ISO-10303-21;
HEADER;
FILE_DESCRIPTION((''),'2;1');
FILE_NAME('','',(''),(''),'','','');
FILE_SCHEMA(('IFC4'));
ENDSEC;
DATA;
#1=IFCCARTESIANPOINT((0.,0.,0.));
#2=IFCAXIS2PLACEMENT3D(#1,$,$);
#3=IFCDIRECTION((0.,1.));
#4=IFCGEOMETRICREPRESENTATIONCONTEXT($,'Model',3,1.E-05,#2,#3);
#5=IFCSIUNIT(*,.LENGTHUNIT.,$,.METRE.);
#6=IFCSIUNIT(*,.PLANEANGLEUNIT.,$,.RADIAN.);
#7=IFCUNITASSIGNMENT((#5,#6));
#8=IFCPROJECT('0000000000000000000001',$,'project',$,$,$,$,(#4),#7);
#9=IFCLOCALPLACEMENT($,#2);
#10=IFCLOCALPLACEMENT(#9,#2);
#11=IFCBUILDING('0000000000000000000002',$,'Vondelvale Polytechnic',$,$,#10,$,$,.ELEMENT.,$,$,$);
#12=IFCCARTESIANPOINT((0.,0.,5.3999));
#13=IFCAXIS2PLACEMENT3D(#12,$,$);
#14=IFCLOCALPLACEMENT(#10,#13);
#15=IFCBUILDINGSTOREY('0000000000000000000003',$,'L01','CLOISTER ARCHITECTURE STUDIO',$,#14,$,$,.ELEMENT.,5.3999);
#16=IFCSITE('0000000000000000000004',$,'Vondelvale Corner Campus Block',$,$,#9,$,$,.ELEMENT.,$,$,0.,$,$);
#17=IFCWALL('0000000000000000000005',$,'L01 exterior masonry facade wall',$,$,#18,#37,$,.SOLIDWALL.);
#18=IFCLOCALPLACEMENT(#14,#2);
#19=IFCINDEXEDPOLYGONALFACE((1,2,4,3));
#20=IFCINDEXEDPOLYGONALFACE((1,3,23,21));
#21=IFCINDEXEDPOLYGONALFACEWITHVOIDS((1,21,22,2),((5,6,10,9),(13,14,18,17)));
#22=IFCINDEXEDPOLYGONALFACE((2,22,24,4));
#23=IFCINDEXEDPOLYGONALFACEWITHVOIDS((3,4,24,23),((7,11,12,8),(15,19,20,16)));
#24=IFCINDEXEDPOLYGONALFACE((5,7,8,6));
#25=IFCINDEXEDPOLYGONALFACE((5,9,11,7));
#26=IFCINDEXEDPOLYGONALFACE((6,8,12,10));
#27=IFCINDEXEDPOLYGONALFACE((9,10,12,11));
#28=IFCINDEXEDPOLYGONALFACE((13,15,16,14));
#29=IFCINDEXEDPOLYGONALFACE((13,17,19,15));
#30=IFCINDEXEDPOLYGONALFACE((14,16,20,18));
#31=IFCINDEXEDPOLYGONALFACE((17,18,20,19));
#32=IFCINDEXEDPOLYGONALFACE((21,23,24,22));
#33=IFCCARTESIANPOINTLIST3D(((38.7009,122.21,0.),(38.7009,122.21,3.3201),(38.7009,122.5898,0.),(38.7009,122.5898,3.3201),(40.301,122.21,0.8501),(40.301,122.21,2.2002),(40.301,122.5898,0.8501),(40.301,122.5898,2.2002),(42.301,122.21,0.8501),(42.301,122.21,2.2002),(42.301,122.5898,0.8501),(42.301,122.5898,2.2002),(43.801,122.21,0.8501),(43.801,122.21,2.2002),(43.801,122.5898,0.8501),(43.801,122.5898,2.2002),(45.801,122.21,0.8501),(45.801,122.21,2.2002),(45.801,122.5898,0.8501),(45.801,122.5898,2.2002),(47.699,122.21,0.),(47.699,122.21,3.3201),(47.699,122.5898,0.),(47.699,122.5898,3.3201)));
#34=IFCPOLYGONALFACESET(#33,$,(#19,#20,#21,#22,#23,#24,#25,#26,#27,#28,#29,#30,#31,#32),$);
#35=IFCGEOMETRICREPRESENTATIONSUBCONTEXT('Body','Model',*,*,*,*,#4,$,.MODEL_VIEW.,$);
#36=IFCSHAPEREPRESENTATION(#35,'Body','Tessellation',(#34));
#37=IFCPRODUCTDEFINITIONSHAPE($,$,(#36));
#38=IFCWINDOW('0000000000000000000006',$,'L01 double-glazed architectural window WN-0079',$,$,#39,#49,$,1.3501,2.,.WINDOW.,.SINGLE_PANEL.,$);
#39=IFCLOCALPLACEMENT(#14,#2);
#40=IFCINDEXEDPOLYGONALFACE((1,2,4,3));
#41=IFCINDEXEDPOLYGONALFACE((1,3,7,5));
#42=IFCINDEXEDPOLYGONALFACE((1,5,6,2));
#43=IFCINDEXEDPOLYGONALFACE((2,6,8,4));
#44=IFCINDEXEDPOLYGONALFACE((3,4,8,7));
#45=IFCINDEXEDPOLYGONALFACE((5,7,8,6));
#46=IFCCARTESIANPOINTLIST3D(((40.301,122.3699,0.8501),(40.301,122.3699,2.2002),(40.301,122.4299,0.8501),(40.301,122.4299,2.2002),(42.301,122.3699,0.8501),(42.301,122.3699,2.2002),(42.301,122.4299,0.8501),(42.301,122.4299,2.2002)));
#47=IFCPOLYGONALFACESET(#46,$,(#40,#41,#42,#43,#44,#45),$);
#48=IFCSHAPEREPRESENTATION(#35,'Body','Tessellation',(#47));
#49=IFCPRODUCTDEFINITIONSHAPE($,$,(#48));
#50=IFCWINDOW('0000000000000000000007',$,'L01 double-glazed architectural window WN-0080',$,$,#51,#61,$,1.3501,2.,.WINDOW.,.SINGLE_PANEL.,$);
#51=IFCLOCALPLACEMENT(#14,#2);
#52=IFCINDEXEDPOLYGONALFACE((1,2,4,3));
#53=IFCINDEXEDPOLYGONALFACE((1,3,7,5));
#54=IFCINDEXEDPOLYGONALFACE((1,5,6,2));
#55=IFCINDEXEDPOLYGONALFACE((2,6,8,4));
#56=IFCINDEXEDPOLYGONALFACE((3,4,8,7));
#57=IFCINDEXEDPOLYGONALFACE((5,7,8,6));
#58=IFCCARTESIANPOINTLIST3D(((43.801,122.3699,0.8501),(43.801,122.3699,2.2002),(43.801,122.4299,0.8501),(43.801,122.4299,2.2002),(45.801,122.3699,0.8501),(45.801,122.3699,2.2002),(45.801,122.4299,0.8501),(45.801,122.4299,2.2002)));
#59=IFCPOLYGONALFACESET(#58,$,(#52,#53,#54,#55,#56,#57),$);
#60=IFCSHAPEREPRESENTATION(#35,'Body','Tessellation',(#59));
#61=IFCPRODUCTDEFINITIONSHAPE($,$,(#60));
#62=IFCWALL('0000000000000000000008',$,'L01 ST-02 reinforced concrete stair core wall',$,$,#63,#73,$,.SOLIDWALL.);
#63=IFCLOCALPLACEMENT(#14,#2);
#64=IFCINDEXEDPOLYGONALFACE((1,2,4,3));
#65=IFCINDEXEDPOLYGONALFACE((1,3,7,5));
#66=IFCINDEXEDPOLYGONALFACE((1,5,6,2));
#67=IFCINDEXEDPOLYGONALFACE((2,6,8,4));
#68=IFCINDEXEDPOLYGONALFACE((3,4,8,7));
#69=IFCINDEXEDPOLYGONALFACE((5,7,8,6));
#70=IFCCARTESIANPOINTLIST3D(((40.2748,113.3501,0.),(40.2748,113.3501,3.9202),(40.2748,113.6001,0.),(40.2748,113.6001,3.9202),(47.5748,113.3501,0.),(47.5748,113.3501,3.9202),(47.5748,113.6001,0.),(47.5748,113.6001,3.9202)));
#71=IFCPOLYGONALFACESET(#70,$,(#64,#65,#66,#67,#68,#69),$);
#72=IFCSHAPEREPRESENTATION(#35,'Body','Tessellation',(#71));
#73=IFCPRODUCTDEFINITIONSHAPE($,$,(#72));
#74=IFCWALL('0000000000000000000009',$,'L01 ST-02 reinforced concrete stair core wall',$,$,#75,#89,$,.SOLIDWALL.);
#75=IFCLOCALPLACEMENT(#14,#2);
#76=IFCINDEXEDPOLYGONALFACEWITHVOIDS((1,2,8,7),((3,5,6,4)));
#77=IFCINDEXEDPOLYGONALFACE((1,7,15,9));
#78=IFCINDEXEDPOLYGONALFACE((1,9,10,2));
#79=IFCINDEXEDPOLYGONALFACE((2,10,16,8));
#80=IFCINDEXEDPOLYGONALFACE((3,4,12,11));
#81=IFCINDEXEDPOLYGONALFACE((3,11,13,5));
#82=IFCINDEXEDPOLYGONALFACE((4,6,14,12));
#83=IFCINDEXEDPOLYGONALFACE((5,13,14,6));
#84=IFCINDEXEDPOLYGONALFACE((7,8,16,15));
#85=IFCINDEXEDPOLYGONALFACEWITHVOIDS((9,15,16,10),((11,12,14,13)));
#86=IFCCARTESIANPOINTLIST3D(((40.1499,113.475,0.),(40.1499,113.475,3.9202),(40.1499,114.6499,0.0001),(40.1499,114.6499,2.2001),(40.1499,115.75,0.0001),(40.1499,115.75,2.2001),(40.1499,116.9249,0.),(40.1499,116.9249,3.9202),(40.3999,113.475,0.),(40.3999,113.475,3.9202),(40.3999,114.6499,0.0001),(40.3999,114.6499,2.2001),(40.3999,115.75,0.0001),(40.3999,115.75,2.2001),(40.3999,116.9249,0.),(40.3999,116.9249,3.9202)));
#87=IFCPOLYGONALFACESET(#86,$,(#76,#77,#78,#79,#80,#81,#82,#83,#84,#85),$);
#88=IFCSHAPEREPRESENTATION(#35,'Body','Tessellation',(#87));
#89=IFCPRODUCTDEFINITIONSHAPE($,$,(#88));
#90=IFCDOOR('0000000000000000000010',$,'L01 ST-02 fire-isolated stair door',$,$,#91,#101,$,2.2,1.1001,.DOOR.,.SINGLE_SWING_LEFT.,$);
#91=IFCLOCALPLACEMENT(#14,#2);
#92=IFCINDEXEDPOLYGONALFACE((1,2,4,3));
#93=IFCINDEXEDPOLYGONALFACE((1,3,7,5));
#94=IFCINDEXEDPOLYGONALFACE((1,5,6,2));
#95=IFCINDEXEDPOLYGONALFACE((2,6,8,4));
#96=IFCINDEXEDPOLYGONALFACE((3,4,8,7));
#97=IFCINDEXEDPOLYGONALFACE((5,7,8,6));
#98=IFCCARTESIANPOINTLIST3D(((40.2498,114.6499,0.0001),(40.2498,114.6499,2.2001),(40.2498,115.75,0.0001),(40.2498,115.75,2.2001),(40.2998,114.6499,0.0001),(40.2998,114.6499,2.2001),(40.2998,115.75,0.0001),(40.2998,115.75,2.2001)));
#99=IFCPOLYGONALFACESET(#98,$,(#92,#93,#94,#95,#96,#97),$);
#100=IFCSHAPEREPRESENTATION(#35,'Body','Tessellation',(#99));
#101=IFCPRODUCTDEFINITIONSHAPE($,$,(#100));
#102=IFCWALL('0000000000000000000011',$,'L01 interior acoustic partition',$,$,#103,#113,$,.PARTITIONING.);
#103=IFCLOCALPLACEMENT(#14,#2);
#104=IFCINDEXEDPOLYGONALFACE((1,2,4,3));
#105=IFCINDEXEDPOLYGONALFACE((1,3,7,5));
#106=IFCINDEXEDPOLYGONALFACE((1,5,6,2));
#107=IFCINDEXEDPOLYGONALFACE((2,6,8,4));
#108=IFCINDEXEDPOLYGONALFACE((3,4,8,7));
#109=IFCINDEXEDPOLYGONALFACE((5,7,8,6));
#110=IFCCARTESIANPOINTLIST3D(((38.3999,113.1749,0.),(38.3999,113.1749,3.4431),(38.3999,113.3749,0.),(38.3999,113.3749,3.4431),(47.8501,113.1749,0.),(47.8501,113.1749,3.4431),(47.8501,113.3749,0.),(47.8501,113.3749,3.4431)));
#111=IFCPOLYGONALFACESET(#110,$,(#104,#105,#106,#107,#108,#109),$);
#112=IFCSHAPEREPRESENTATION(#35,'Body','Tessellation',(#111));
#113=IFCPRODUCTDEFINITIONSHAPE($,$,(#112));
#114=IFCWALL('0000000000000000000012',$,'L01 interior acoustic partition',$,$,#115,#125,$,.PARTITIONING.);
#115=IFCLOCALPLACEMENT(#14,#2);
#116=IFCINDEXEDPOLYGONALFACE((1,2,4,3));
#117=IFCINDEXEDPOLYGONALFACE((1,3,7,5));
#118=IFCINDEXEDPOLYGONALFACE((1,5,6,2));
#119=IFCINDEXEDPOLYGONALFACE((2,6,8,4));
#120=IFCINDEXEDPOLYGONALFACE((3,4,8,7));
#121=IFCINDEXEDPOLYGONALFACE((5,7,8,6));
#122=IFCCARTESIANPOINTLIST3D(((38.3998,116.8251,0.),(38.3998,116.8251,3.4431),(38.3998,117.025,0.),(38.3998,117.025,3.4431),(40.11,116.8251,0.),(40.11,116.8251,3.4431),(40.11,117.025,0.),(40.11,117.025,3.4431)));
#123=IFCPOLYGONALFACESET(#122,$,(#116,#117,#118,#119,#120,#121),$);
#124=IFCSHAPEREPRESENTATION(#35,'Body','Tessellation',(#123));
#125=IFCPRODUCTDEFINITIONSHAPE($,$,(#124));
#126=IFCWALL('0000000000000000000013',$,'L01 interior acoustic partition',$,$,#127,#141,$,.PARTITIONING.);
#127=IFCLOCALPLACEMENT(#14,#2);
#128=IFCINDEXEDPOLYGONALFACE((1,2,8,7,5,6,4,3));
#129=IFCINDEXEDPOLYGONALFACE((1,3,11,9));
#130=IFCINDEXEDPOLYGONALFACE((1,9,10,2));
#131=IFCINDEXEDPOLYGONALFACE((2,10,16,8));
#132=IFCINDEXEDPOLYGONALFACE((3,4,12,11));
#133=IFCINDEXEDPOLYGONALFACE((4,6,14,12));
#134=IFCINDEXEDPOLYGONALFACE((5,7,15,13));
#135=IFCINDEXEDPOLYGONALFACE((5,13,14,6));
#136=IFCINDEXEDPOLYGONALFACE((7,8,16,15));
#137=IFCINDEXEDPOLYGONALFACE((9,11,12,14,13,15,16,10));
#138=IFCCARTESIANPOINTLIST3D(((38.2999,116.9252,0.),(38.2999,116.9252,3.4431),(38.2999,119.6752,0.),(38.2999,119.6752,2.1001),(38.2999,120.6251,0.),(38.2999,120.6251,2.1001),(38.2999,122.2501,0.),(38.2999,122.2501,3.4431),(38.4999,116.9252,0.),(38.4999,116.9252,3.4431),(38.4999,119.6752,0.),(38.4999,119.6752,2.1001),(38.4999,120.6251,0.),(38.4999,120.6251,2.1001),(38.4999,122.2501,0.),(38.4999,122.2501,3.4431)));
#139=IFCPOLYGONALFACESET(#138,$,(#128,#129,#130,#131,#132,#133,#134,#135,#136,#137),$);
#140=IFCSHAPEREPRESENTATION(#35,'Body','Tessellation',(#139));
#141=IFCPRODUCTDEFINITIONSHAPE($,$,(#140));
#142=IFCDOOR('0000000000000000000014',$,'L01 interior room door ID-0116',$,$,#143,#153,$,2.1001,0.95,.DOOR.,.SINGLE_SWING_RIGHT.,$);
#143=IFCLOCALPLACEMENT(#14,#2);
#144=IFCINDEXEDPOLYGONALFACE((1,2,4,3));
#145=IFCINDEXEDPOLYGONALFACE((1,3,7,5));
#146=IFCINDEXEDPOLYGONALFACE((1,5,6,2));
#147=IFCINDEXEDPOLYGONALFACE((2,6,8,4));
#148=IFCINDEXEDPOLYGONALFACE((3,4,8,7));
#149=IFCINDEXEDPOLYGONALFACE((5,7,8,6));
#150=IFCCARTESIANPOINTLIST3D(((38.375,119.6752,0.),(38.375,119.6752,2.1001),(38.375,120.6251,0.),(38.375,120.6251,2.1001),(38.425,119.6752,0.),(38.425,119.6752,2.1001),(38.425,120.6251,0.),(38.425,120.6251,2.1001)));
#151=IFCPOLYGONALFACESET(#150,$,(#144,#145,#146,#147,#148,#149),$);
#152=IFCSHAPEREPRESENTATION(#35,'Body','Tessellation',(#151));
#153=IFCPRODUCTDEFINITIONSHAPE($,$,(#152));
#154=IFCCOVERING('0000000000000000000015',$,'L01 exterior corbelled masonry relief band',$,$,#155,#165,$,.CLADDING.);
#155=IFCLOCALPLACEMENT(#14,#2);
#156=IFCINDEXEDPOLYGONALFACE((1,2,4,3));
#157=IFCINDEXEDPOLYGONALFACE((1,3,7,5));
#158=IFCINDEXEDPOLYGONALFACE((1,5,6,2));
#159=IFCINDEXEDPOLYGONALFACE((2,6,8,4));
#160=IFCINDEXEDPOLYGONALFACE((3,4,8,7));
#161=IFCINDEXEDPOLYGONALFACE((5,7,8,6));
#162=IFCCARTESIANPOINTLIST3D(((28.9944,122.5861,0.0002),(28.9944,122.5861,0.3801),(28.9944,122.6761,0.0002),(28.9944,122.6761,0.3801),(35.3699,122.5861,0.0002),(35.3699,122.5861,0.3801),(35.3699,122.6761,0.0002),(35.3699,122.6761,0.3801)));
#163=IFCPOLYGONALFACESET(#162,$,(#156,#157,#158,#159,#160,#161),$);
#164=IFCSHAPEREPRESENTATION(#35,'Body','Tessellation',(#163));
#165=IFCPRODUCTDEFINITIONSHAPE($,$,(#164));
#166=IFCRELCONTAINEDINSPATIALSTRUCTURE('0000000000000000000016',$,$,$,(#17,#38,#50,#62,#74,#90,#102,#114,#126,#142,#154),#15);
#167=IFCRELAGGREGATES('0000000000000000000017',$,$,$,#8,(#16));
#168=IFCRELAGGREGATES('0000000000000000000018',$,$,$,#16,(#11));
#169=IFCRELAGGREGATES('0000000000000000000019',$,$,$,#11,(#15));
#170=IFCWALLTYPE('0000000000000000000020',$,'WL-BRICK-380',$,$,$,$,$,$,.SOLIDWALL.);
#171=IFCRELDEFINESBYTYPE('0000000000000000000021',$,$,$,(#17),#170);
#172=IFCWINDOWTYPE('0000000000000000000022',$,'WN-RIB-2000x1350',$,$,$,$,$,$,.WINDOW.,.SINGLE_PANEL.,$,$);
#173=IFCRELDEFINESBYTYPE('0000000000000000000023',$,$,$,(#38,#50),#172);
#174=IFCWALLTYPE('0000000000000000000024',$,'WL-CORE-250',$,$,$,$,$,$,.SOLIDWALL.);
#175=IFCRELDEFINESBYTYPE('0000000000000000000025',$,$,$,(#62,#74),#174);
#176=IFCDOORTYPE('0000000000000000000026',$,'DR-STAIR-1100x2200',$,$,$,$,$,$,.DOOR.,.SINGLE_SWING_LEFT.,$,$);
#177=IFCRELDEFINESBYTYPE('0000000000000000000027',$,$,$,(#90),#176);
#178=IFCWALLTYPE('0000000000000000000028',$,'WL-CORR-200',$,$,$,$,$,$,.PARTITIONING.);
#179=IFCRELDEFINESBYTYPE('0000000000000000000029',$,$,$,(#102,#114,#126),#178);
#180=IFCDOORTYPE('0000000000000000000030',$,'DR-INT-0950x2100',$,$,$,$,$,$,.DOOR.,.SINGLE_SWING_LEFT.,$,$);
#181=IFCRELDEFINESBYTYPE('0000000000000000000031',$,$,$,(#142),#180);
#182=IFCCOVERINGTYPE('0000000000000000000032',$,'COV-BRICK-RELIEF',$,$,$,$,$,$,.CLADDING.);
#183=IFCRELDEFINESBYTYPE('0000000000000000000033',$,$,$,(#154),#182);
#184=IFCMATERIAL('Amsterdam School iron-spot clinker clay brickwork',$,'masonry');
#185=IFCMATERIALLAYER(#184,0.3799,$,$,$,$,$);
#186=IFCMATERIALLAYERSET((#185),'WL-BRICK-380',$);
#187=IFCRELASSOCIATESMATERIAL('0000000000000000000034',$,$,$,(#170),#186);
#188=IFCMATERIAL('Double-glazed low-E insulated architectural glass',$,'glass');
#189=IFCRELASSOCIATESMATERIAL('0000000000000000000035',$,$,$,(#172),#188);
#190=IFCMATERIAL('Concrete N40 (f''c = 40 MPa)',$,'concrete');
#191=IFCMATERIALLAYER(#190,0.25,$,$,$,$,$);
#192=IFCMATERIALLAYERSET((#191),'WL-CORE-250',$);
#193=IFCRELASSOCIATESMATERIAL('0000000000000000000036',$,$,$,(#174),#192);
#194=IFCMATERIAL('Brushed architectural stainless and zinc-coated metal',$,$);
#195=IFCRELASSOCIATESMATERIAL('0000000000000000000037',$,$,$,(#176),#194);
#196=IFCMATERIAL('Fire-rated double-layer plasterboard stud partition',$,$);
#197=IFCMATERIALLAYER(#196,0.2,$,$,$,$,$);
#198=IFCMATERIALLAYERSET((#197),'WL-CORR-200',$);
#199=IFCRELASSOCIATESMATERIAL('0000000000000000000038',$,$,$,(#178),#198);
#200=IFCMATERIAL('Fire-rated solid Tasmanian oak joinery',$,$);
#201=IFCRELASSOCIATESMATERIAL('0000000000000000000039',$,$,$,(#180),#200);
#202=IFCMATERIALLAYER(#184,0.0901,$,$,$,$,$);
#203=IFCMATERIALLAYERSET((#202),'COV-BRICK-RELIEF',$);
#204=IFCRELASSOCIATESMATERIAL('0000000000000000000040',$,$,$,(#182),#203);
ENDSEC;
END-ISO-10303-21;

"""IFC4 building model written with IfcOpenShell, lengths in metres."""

from ifc_helpers import new_model, si_unit, direction, frame, frame_2d, origin, origin_2d, place, context, subcontext, project, spatial, rectangle, extrude, material, layer, layer_set, type_object, element, fill, save


model = new_model("IFC4")

# Units and contexts
model_context = context("Model", 3, precision=1e-05, world=origin(), true_north=direction((0.0, 1.0)))
body_context = subcontext(model_context, "Body", "Model", "MODEL_VIEW")
ifc_project = project(units=[si_unit("LENGTHUNIT", "METRE"), si_unit("PLANEANGLEUNIT", "RADIAN")], contexts=[model_context])

# Site, building, storey
site_placement = place(None, origin())
site = spatial("IfcSite", under=ifc_project, at=site_placement, Name="Vondelvale Corner Campus Block", CompositionType="ELEMENT", RefElevation=0.0)
building_placement = place(site_placement, origin())
building = spatial("IfcBuilding", under=site, at=building_placement, Name="Vondelvale Polytechnic", CompositionType="ELEMENT")
storey_placement = place(building_placement, frame((0.0, 0.0, 5.3999)))
storey = spatial("IfcBuildingStorey", under=building, at=storey_placement, Name="L01", Description="CLOISTER ARCHITECTURE STUDIO", CompositionType="ELEMENT", Elevation=5.3999)

# Shared definitions
ifc_material_1 = material(Name="Double-glazed low-E insulated architectural glass", Category="glass")

# Shared definitions
ifc_material_2 = material(Name="Amsterdam School iron-spot clinker clay brickwork", Category="masonry")
ifc_layer_1 = layer(ifc_material_2, 0.3799)
ifc_layer_set_1 = layer_set([ifc_layer_1], Name="WL-BRICK-380")
wall_type_1 = type_object("IfcWallType", Name="WL-BRICK-380", PredefinedType="SOLIDWALL", material=ifc_layer_set_1)

# Wall, openings, windows
wall_1_placement = place(storey_placement, frame((38.7009, 122.3999, 0.0), z_axis=(0.0, 0.0, 1.0), x_axis=(1.0, 0.0, 0.0)))
wall_1 = element("IfcWall", 1, at=wall_1_placement, inside=storey, type_object=wall_type_1, Name="L01 exterior masonry facade wall", PredefinedType="SOLIDWALL", context=body_context, shape_type="SweptSolid", body=[
    extrude(rectangle(XDim=8.998, YDim=0.3799, at=frame_2d((4.499, 0.0))), origin(), (0.0, 0.0, 1.0), 3.3201),
])
opening_1_placement = place(wall_1_placement, frame((1.6001, 0.0, 0.8501)))
opening_1 = element("IfcOpeningElement", 2, at=opening_1_placement, cuts=wall_1, PredefinedType="OPENING", context=body_context, shape_type="SweptSolid", body=[
    extrude(rectangle(XDim=2.0, YDim=1.3501, at=frame_2d((1.0, 0.675))), frame((0.0, 0.2, 0.0), z_axis=(0.0, -1.0, 0.0), x_axis=(1.0, 0.0, 0.0)), (0.0, 0.0, 1.0), 0.3999),
])
opening_2_placement = place(wall_1_placement, frame((5.1001, 0.0, 0.8501)))
opening_2 = element("IfcOpeningElement", 3, at=opening_2_placement, cuts=wall_1, PredefinedType="OPENING", context=body_context, shape_type="SweptSolid", body=[
    extrude(rectangle(XDim=2.0, YDim=1.3501, at=frame_2d((1.0, 0.675))), frame((0.0, 0.2, 0.0), z_axis=(0.0, -1.0, 0.0), x_axis=(1.0, 0.0, 0.0)), (0.0, 0.0, 1.0), 0.3999),
])
window_type_1 = type_object("IfcWindowType", Name="WN-RIB-2000x1350", PartitioningType="SINGLE_PANEL", PredefinedType="WINDOW", material=ifc_material_1)
window_1_placement = place(opening_1_placement, origin())
window_1 = element("IfcWindow", 4, at=window_1_placement, inside=storey, type_object=window_type_1, Name="L01 double-glazed architectural window WN-0079", OverallHeight=1.3501, OverallWidth=2.0, PartitioningType="SINGLE_PANEL", PredefinedType="WINDOW", context=body_context, shape_type="SweptSolid", body=[
    extrude(rectangle(XDim=2.0, YDim=1.3501, at=frame_2d((1.0, 0.675))), frame((0.0, 0.03, 0.0), z_axis=(0.0, -1.0, 0.0), x_axis=(1.0, 0.0, 0.0)), (0.0, 0.0, 1.0), 0.0601),
])
fill(opening_1, window_1)
window_2_placement = place(opening_2_placement, origin())
window_2 = element("IfcWindow", 5, at=window_2_placement, inside=storey, type_object=window_type_1, Name="L01 double-glazed architectural window WN-0080", OverallHeight=1.3501, OverallWidth=2.0, PartitioningType="SINGLE_PANEL", PredefinedType="WINDOW", context=body_context, shape_type="SweptSolid", body=[
    extrude(rectangle(XDim=2.0, YDim=1.3501, at=frame_2d((1.0, 0.675))), frame((0.0, 0.03, 0.0), z_axis=(0.0, -1.0, 0.0), x_axis=(1.0, 0.0, 0.0)), (0.0, 0.0, 1.0), 0.0601),
])
fill(opening_2, window_2)

# Wall
ifc_material_3 = material(Name="Concrete N40 (f'c = 40 MPa)", Category="concrete")
ifc_layer_2 = layer(ifc_material_3, 0.25)
ifc_layer_set_2 = layer_set([ifc_layer_2], Name="WL-CORE-250")
wall_type_2 = type_object("IfcWallType", Name="WL-CORE-250", PredefinedType="SOLIDWALL", material=ifc_layer_set_2)
wall_2_placement = place(storey_placement, frame((40.2749, 113.4751, 0.0), z_axis=(0.0, 0.0, 1.0), x_axis=(1.0, 0.0, 0.0)))
element("IfcWall", 6, at=wall_2_placement, inside=storey, type_object=wall_type_2, Name="L01 ST-02 reinforced concrete stair core wall", PredefinedType="SOLIDWALL", context=body_context, shape_type="SweptSolid", body=[
    extrude(rectangle(XDim=7.3, YDim=0.25, at=frame_2d((3.6499, 0.0))), origin(), (0.0, 0.0, 1.0), 3.9202),
])

# Wall, opening, door
wall_3_placement = place(storey_placement, frame((40.2749, 116.925, 0.0), z_axis=(0.0, 0.0, 1.0), x_axis=(0.0, -1.0, 0.0)))
wall_3 = element("IfcWall", 7, at=wall_3_placement, inside=storey, type_object=wall_type_2, Name="L01 ST-02 reinforced concrete stair core wall", PredefinedType="SOLIDWALL", context=body_context, shape_type="SweptSolid", body=[
    extrude(rectangle(XDim=3.45, YDim=0.25, at=frame_2d((1.7251, 0.0))), origin(), (0.0, 0.0, 1.0), 3.9202),
])
opening_3_placement = place(wall_3_placement, frame((1.175, 0.0, 0.0)))
opening_3 = element("IfcOpeningElement", 8, at=opening_3_placement, cuts=wall_3, PredefinedType="OPENING", context=body_context, shape_type="SweptSolid", body=[
    extrude(rectangle(XDim=1.1001, YDim=2.2, at=frame_2d((0.55, 1.1001))), frame((0.0, 0.135, 0.0), z_axis=(0.0, -1.0, 0.0), x_axis=(1.0, 0.0, 0.0)), (0.0, 0.0, 1.0), 0.27),
])
ifc_material_4 = material(Name="Brushed architectural stainless and zinc-coated metal")
door_type_1 = type_object("IfcDoorType", Name="DR-STAIR-1100x2200", OperationType="SINGLE_SWING_LEFT", PredefinedType="DOOR", material=ifc_material_4)
door_1_placement = place(opening_3_placement, origin())
door_1 = element("IfcDoor", 9, at=door_1_placement, inside=storey, type_object=door_type_1, Name="L01 ST-02 fire-isolated stair door", OperationType="SINGLE_SWING_LEFT", OverallHeight=2.2, OverallWidth=1.1001, PredefinedType="DOOR", context=body_context, shape_type="SweptSolid", body=[
    extrude(rectangle(XDim=1.1001, YDim=2.2, at=frame_2d((0.55, 1.1001))), frame((0.0, 0.0249, 0.0), z_axis=(0.0, -1.0, 0.0), x_axis=(1.0, 0.0, 0.0)), (0.0, 0.0, 1.0), 0.05),
])
fill(opening_3, door_1)

# Walls
ifc_material_5 = material(Name="Fire-rated double-layer plasterboard stud partition")
ifc_layer_3 = layer(ifc_material_5, 0.2)
ifc_layer_set_3 = layer_set([ifc_layer_3], Name="WL-CORR-200")
wall_type_3 = type_object("IfcWallType", Name="WL-CORR-200", PredefinedType="PARTITIONING", material=ifc_layer_set_3)
wall_4_placement = place(storey_placement, frame((38.3999, 113.2749, 0.0), z_axis=(0.0, 0.0, 1.0), x_axis=(1.0, 0.0, 0.0)))
element("IfcWall", 10, at=wall_4_placement, inside=storey, type_object=wall_type_3, Name="L01 interior acoustic partition", PredefinedType="PARTITIONING", context=body_context, shape_type="SweptSolid", body=[
    extrude(rectangle(XDim=9.4502, YDim=0.2, at=frame_2d((4.7251, 0.0))), origin(), (0.0, 0.0, 1.0), 3.4431),
])
wall_5_placement = place(storey_placement, frame((38.3999, 116.925, 0.0), z_axis=(0.0, 0.0, 1.0), x_axis=(1.0, 0.0, 0.0)))
element("IfcWall", 11, at=wall_5_placement, inside=storey, type_object=wall_type_3, Name="L01 interior acoustic partition", PredefinedType="PARTITIONING", context=body_context, shape_type="SweptSolid", body=[
    extrude(rectangle(XDim=1.7102, YDim=0.2, at=frame_2d((0.855, 0.0))), origin(), (0.0, 0.0, 1.0), 3.4431),
])

# Wall, opening, door
wall_6_placement = place(storey_placement, frame((38.3999, 116.925, 0.0), z_axis=(0.0, 0.0, 1.0), x_axis=(0.0, 1.0, 0.0)))
wall_6 = element("IfcWall", 12, at=wall_6_placement, inside=storey, type_object=wall_type_3, Name="L01 interior acoustic partition", PredefinedType="PARTITIONING", context=body_context, shape_type="SweptSolid", body=[
    extrude(rectangle(XDim=5.325, YDim=0.2, at=frame_2d((2.6626, 0.0))), origin(), (0.0, 0.0, 1.0), 3.4431),
])
opening_4_placement = place(wall_6_placement, frame((2.75, 0.0, 0.0)))
opening_4 = element("IfcOpeningElement", 13, at=opening_4_placement, cuts=wall_6, PredefinedType="OPENING", context=body_context, shape_type="SweptSolid", body=[
    extrude(rectangle(XDim=0.95, YDim=2.1001, at=frame_2d((0.4751, 1.05))), frame((0.0, 0.1099, 0.0), z_axis=(0.0, -1.0, 0.0), x_axis=(1.0, 0.0, 0.0)), (0.0, 0.0, 1.0), 0.22),
])
ifc_material_6 = material(Name="Fire-rated solid Tasmanian oak joinery")
door_type_2 = type_object("IfcDoorType", Name="DR-INT-0950x2100", OperationType="SINGLE_SWING_LEFT", PredefinedType="DOOR", material=ifc_material_6)
door_2_placement = place(opening_4_placement, origin())
door_2 = element("IfcDoor", 14, at=door_2_placement, inside=storey, type_object=door_type_2, Name="L01 interior room door ID-0116", OperationType="SINGLE_SWING_RIGHT", OverallHeight=2.1001, OverallWidth=0.95, PredefinedType="DOOR", context=body_context, shape_type="SweptSolid", body=[
    extrude(rectangle(XDim=0.95, YDim=2.1001, at=frame_2d((0.4751, 1.05))), frame((0.0, 0.0249, 0.0), z_axis=(0.0, -1.0, 0.0), x_axis=(1.0, 0.0, 0.0)), (0.0, 0.0, 1.0), 0.05),
])
fill(opening_4, door_2)

# Covering
ifc_layer_4 = layer(ifc_material_2, 0.0901)
ifc_layer_set_4 = layer_set([ifc_layer_4], Name="COV-BRICK-RELIEF")
covering_type = type_object("IfcCoveringType", Name="COV-BRICK-RELIEF", PredefinedType="CLADDING", material=ifc_layer_set_4)
covering_placement = place(storey_placement, frame((32.1821, 122.6311, 0.0002), z_axis=(0.0, 0.0, 1.0), x_axis=(1.0, 0.0, 0.0)))
element("IfcCovering", 15, at=covering_placement, inside=storey, type_object=covering_type, Name="L01 exterior corbelled masonry relief band", PredefinedType="CLADDING", context=body_context, shape_type="SweptSolid", body=[
    extrude(rectangle(XDim=6.3755, YDim=0.0901, at=origin_2d()), origin(), (0.0, 0.0, 1.0), 0.3799),
])

save(model, "model.ifc")
